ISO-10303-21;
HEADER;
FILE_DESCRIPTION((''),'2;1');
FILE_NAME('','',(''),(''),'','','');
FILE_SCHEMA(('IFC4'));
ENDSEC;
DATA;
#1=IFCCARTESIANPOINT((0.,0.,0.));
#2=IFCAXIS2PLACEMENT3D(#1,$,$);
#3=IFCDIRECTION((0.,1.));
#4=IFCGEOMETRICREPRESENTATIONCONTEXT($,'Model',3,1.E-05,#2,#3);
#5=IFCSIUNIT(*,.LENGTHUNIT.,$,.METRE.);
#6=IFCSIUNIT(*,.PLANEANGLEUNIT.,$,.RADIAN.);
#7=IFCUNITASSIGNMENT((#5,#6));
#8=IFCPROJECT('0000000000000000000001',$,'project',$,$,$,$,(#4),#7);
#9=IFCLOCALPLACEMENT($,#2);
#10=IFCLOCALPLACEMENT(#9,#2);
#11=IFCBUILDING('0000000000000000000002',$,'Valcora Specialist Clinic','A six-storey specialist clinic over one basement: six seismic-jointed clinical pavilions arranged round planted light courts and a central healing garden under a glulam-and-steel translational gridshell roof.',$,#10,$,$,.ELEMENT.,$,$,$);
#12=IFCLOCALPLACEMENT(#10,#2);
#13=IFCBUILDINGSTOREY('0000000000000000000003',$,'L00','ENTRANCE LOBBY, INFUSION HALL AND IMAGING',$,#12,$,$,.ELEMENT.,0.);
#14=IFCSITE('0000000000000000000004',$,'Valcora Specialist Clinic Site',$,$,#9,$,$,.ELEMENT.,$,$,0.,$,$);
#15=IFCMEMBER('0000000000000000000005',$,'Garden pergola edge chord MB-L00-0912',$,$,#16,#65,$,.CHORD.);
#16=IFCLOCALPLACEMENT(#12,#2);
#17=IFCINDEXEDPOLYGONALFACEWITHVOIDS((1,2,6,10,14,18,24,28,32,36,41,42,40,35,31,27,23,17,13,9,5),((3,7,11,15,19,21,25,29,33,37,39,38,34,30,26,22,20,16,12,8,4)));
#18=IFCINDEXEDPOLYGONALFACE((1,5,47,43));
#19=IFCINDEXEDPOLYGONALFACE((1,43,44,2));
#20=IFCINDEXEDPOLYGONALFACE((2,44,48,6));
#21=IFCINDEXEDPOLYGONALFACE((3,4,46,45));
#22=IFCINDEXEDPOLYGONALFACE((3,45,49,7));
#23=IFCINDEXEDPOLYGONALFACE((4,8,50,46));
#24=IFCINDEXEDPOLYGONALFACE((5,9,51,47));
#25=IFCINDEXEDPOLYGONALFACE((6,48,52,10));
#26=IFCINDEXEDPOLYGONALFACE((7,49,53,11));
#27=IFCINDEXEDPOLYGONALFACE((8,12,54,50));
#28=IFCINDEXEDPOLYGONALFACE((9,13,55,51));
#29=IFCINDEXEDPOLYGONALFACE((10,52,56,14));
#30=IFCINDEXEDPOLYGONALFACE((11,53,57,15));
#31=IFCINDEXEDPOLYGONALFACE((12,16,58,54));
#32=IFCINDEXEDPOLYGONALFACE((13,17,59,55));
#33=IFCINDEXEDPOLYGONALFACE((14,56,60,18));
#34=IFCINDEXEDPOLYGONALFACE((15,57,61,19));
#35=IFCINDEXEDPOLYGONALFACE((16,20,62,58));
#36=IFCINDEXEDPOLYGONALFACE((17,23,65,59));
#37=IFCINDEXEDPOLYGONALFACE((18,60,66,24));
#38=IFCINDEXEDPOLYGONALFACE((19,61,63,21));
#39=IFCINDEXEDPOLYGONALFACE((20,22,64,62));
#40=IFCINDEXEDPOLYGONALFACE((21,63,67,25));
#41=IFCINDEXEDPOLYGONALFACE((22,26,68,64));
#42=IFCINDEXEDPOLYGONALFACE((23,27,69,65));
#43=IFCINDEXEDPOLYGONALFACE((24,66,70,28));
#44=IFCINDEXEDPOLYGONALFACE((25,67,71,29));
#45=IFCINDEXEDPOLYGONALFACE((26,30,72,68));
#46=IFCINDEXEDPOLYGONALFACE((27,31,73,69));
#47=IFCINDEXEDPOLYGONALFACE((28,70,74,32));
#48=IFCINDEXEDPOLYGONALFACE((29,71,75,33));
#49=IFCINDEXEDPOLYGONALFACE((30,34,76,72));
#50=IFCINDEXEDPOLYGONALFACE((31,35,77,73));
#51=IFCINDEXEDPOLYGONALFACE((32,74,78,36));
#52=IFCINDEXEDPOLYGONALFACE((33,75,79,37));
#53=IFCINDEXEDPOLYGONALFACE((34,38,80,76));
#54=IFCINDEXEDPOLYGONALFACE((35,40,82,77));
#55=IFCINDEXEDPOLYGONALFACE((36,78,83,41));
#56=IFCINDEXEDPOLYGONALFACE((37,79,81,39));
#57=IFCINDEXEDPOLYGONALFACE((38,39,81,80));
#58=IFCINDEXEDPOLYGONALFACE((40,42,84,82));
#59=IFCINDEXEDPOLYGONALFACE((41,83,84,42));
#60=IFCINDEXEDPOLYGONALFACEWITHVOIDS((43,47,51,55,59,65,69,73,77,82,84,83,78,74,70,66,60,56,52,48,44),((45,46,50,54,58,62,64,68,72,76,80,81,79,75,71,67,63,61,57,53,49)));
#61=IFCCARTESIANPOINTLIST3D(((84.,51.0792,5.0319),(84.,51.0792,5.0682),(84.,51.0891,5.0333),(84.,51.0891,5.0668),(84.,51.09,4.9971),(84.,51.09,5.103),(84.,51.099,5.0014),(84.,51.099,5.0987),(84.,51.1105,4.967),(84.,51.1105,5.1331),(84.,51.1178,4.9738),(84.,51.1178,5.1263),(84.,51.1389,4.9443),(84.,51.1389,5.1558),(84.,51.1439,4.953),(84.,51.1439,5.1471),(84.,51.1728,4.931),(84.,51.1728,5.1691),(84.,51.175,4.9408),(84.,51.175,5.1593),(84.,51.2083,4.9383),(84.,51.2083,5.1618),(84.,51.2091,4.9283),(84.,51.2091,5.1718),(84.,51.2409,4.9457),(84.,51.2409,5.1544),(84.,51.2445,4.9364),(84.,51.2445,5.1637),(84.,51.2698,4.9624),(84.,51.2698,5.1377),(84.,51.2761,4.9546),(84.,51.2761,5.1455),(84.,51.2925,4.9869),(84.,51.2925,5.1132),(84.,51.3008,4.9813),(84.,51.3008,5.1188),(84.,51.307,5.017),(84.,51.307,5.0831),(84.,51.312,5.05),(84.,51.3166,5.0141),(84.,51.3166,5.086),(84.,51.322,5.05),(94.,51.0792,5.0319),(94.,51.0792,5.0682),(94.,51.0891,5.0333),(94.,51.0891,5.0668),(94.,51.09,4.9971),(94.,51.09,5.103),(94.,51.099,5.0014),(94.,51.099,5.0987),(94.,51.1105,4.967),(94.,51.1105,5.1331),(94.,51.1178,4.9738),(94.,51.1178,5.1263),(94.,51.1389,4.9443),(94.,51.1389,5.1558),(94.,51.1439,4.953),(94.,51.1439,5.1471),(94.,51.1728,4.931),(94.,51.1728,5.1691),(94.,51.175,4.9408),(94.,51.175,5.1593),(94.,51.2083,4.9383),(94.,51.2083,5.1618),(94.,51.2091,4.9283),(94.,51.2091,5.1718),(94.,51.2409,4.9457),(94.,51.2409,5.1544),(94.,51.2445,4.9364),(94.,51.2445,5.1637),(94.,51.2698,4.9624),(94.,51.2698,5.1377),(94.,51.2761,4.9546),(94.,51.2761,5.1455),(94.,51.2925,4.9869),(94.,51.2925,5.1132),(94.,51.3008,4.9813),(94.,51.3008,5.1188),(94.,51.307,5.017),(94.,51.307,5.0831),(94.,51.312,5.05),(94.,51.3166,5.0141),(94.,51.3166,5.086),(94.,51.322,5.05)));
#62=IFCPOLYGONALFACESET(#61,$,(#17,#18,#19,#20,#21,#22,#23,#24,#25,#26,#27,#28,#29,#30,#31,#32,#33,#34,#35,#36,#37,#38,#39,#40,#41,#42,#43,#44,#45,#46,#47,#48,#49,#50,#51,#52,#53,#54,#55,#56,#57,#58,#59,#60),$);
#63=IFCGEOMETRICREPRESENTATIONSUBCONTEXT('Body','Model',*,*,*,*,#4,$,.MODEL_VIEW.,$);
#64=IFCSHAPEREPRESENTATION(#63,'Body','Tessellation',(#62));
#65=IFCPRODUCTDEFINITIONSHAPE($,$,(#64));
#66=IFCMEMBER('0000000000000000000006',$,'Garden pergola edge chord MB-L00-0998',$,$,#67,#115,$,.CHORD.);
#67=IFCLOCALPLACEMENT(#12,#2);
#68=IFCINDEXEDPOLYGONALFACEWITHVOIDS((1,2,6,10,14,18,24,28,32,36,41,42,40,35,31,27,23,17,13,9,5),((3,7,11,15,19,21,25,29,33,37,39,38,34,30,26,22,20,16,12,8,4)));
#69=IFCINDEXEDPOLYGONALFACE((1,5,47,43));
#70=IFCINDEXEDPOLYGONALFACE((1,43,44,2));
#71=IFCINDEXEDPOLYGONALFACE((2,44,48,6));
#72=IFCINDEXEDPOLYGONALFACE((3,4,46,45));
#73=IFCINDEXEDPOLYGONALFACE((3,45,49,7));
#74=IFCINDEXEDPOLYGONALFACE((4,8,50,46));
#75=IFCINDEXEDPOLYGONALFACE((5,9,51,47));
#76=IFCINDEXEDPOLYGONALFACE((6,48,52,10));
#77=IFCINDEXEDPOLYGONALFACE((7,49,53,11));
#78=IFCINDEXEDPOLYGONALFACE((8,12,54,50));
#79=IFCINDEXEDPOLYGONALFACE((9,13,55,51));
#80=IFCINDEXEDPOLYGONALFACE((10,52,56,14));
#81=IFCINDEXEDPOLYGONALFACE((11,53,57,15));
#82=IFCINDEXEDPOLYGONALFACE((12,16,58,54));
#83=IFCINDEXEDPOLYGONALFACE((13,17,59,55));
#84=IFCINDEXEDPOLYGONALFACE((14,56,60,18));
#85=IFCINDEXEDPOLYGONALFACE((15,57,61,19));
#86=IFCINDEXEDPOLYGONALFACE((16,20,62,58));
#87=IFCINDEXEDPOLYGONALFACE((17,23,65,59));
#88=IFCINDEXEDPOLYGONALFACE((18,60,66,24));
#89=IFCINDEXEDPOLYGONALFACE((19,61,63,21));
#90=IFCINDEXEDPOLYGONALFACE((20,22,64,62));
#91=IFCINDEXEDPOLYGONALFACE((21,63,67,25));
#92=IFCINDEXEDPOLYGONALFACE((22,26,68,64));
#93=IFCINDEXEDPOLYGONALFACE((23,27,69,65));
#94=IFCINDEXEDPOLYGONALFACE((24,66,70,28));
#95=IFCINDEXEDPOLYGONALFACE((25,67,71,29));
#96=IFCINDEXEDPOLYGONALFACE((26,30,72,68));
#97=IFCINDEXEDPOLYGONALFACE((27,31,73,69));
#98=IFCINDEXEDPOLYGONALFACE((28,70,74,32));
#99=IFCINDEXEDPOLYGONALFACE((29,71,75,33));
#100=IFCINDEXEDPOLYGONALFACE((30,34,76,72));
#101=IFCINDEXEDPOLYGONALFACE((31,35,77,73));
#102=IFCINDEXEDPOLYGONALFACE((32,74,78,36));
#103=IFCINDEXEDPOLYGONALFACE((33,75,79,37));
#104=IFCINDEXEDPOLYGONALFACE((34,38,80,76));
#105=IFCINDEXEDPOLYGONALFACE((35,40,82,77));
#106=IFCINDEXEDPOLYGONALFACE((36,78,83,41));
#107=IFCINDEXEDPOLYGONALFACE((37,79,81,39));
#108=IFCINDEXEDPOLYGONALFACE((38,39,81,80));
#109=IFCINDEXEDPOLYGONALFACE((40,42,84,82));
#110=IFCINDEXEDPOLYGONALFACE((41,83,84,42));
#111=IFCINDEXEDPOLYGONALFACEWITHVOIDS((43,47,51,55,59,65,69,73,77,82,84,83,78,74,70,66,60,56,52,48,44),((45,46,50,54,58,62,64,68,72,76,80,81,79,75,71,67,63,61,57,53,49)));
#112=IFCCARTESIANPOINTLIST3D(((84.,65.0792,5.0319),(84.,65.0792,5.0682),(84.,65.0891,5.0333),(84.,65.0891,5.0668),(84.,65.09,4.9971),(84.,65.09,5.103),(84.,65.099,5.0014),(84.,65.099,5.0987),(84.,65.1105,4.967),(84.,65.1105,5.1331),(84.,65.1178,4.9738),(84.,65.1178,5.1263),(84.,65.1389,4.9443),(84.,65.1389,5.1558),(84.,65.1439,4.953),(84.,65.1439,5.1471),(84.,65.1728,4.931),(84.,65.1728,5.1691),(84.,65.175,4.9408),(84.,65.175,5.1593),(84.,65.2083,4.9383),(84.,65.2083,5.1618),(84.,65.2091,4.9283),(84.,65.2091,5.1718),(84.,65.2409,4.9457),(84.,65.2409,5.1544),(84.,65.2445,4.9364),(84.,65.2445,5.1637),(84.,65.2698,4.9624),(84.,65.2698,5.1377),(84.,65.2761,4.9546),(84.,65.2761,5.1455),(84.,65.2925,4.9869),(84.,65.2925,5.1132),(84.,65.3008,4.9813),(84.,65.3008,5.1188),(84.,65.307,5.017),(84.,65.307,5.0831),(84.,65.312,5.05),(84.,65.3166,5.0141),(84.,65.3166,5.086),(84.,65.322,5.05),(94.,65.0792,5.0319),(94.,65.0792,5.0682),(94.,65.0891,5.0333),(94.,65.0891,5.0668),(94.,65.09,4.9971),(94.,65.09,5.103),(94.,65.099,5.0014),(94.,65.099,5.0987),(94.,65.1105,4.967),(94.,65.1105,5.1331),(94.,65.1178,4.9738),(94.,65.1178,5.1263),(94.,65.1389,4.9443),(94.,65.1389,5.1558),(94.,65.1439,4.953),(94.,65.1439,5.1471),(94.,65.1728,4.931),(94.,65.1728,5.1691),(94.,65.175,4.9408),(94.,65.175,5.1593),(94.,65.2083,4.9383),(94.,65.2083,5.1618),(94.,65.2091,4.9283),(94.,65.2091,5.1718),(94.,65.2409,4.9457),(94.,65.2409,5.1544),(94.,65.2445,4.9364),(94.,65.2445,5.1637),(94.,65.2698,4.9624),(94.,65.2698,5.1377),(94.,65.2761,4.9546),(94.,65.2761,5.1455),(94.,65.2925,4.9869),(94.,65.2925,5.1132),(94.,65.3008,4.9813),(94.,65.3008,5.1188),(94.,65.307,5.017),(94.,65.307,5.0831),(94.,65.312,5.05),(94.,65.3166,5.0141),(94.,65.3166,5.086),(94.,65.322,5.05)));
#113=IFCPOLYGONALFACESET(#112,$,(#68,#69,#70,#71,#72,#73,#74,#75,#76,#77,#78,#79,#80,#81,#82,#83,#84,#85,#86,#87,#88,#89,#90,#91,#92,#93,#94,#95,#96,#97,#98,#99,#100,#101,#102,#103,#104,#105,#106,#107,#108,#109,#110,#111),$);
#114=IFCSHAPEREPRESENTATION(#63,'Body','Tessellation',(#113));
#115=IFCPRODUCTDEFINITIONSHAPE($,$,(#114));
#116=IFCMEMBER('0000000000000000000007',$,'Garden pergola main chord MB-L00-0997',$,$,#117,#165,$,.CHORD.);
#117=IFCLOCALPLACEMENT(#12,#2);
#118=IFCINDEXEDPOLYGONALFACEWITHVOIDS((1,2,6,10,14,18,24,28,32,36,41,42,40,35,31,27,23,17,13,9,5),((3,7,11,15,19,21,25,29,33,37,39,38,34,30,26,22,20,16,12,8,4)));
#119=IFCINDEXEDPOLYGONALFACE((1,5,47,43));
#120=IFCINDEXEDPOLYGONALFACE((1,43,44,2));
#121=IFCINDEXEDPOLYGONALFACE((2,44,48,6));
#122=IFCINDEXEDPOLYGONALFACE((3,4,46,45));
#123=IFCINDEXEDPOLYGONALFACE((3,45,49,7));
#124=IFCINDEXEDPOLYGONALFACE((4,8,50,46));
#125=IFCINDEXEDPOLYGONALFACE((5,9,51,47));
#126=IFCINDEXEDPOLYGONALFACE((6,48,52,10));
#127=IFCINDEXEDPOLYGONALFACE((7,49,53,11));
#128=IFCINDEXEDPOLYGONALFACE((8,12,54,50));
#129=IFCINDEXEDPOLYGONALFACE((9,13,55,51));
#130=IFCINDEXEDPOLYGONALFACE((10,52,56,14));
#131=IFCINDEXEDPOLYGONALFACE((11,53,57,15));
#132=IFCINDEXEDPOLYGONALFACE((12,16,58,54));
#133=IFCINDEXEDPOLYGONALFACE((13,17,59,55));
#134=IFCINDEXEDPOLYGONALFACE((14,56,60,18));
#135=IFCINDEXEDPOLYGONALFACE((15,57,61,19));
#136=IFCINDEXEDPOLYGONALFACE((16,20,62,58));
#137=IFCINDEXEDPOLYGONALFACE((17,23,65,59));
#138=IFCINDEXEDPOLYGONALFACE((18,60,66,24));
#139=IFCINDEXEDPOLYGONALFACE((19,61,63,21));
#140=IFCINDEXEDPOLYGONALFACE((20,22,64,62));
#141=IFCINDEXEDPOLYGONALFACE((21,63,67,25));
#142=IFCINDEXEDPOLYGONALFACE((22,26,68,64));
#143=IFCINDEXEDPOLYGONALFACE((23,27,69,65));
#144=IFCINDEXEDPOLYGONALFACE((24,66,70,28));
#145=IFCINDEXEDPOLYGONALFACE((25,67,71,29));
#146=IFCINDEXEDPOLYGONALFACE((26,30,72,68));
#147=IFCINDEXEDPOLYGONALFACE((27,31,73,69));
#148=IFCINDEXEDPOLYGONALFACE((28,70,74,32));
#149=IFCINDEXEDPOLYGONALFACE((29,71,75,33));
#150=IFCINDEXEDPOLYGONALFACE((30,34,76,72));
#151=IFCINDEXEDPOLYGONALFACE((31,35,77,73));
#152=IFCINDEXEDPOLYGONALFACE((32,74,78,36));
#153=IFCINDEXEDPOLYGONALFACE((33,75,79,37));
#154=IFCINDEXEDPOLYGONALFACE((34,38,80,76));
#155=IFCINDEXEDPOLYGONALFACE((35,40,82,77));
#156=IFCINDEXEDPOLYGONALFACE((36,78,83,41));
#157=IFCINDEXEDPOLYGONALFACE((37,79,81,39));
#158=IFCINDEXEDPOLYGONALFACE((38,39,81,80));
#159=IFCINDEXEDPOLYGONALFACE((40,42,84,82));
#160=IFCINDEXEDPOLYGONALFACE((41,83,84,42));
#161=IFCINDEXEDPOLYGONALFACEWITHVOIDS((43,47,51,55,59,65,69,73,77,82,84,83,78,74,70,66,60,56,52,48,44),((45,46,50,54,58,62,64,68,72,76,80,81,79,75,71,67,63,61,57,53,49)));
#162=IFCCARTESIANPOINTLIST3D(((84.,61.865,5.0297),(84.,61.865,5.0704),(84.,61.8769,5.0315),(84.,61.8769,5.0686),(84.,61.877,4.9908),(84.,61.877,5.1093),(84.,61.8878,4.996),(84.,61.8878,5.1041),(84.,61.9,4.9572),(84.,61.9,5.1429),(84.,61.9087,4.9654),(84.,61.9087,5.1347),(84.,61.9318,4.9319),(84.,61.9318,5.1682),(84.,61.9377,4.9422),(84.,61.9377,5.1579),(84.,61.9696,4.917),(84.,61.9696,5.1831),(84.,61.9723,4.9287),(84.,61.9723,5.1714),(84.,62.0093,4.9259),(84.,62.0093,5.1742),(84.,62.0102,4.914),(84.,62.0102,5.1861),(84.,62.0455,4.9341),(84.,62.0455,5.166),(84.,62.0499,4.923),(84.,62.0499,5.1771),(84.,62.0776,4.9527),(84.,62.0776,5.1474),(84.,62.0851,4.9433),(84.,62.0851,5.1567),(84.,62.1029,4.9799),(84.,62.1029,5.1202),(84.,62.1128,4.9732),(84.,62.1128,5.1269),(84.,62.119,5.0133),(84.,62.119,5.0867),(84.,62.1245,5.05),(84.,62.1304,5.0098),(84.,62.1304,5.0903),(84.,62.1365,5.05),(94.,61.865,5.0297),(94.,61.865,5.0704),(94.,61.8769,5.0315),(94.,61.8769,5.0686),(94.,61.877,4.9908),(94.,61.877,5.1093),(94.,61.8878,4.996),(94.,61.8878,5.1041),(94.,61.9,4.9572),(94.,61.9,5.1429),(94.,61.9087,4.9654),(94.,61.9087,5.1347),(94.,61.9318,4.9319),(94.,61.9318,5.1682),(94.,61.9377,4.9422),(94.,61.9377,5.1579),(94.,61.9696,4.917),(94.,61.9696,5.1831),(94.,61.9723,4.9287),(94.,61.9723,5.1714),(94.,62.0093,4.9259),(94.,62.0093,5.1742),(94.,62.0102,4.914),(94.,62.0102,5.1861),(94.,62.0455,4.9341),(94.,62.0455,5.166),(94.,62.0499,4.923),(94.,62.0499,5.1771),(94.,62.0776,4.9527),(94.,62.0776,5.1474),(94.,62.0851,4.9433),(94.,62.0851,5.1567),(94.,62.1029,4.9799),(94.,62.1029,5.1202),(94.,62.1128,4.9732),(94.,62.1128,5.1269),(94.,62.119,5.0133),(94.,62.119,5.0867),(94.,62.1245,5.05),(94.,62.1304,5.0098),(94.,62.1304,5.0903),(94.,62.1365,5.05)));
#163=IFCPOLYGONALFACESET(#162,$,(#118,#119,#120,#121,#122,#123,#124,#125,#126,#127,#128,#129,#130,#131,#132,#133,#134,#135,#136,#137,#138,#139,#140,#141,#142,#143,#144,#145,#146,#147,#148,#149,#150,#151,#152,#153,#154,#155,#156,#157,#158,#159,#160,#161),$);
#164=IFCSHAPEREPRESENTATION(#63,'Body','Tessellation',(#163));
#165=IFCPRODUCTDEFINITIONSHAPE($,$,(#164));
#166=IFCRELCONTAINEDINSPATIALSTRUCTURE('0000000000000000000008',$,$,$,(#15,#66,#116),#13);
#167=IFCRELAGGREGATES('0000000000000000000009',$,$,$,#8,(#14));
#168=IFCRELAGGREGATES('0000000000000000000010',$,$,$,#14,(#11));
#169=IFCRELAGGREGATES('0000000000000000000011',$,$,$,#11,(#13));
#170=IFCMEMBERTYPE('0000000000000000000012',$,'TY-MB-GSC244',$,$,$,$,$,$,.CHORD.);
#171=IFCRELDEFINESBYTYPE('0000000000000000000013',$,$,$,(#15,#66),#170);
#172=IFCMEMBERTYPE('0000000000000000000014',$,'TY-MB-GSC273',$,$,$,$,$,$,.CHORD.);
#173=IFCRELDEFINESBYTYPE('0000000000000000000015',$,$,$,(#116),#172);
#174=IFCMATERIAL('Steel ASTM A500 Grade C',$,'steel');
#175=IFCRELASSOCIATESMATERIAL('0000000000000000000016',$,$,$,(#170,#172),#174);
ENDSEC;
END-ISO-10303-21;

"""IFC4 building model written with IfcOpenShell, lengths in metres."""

from ifc_helpers import new_model, si_unit, direction, frame, origin, origin_2d, place, context, subcontext, project, spatial, hollow_circle, extrude, material, material_profile, profile_set, type_object, element, save


model = new_model("IFC4")

# Units and contexts
model_context = context("Model", 3, precision=1e-05, world=origin(), true_north=direction((0.0, 1.0)))
body_context = subcontext(model_context, "Body", "Model", "MODEL_VIEW")
ifc_project = project(units=[si_unit("LENGTHUNIT", "METRE"), si_unit("PLANEANGLEUNIT", "RADIAN")], contexts=[model_context])

# Site, building, storey
site_placement = place(None, origin())
site = spatial("IfcSite", under=ifc_project, at=site_placement, Name="Valcora Specialist Clinic Site", CompositionType="ELEMENT", RefElevation=0.0)
building_placement = place(site_placement, origin())
building = spatial("IfcBuilding", under=site, at=building_placement, Name="Valcora Specialist Clinic", Description="A six-storey specialist clinic over one basement: six seismic-jointed clinical pavilions arranged round planted light courts and a central healing garden under a glulam-and-steel translational gridshell roof.", CompositionType="ELEMENT")
storey_placement = place(building_placement, origin())
storey = spatial("IfcBuildingStorey", under=building, at=storey_placement, Name="L00", Description="ENTRANCE LOBBY, INFUSION HALL AND IMAGING", CompositionType="ELEMENT", Elevation=0.0)

# Members
ifc_material_1 = material(Name="Steel ASTM A500 Grade C", Category="steel")
ifc_material_profile_1 = material_profile(ifc_material_1, hollow_circle(Radius=0.1221, WallThickness=0.01, at=origin_2d()), Name="ST-CHS-244X10")
ifc_profile_set_1 = profile_set([ifc_material_profile_1], Name="Steel ASTM A500 Grade C")
member_type_1 = type_object("IfcMemberType", Name="TY-MB-GSC244", PredefinedType="CHORD", material=ifc_profile_set_1)
for number, where, z_axis, x_axis, name in (
    (1, (84.0, 51.2, 5.05), (1.0, 0.0, 0.0), (0.0, 1.0, 0.0), "Garden pergola edge chord MB-L00-0912"),
    (2, (84.0, 65.2, 5.05), (1.0, 0.0, 0.0), (0.0, 1.0, 0.0), "Garden pergola edge chord MB-L00-0998"),
):
    element("IfcMember", number, at=place(storey_placement, frame(where, z_axis=z_axis, x_axis=x_axis)), inside=storey, type_object=member_type_1, Name=name, PredefinedType="CHORD", context=body_context, shape_type="SweptSolid", body=[
        extrude(hollow_circle(Radius=0.1221, WallThickness=0.01, at=origin_2d()), origin(), (0.0, 0.0, 1.0), 10.0),
    ])
ifc_material_profile_2 = material_profile(ifc_material_1, hollow_circle(Radius=0.1365, WallThickness=0.012, at=origin_2d()), Name="ST-CHS-273X12")
ifc_profile_set_2 = profile_set([ifc_material_profile_2], Name="Steel ASTM A500 Grade C")
member_type_2 = type_object("IfcMemberType", Name="TY-MB-GSC273", PredefinedType="CHORD", material=ifc_profile_set_2)
member_1_placement = place(storey_placement, frame((84.0, 62.0, 5.05), z_axis=(1.0, 0.0, 0.0), x_axis=(0.0, 1.0, 0.0)))
element("IfcMember", 3, at=member_1_placement, inside=storey, type_object=member_type_2, Name="Garden pergola main chord MB-L00-0997", PredefinedType="CHORD", context=body_context, shape_type="SweptSolid", body=[
    extrude(hollow_circle(Radius=0.1365, WallThickness=0.012, at=origin_2d()), origin(), (0.0, 0.0, 1.0), 10.0),
])

save(model, "model.ifc")
